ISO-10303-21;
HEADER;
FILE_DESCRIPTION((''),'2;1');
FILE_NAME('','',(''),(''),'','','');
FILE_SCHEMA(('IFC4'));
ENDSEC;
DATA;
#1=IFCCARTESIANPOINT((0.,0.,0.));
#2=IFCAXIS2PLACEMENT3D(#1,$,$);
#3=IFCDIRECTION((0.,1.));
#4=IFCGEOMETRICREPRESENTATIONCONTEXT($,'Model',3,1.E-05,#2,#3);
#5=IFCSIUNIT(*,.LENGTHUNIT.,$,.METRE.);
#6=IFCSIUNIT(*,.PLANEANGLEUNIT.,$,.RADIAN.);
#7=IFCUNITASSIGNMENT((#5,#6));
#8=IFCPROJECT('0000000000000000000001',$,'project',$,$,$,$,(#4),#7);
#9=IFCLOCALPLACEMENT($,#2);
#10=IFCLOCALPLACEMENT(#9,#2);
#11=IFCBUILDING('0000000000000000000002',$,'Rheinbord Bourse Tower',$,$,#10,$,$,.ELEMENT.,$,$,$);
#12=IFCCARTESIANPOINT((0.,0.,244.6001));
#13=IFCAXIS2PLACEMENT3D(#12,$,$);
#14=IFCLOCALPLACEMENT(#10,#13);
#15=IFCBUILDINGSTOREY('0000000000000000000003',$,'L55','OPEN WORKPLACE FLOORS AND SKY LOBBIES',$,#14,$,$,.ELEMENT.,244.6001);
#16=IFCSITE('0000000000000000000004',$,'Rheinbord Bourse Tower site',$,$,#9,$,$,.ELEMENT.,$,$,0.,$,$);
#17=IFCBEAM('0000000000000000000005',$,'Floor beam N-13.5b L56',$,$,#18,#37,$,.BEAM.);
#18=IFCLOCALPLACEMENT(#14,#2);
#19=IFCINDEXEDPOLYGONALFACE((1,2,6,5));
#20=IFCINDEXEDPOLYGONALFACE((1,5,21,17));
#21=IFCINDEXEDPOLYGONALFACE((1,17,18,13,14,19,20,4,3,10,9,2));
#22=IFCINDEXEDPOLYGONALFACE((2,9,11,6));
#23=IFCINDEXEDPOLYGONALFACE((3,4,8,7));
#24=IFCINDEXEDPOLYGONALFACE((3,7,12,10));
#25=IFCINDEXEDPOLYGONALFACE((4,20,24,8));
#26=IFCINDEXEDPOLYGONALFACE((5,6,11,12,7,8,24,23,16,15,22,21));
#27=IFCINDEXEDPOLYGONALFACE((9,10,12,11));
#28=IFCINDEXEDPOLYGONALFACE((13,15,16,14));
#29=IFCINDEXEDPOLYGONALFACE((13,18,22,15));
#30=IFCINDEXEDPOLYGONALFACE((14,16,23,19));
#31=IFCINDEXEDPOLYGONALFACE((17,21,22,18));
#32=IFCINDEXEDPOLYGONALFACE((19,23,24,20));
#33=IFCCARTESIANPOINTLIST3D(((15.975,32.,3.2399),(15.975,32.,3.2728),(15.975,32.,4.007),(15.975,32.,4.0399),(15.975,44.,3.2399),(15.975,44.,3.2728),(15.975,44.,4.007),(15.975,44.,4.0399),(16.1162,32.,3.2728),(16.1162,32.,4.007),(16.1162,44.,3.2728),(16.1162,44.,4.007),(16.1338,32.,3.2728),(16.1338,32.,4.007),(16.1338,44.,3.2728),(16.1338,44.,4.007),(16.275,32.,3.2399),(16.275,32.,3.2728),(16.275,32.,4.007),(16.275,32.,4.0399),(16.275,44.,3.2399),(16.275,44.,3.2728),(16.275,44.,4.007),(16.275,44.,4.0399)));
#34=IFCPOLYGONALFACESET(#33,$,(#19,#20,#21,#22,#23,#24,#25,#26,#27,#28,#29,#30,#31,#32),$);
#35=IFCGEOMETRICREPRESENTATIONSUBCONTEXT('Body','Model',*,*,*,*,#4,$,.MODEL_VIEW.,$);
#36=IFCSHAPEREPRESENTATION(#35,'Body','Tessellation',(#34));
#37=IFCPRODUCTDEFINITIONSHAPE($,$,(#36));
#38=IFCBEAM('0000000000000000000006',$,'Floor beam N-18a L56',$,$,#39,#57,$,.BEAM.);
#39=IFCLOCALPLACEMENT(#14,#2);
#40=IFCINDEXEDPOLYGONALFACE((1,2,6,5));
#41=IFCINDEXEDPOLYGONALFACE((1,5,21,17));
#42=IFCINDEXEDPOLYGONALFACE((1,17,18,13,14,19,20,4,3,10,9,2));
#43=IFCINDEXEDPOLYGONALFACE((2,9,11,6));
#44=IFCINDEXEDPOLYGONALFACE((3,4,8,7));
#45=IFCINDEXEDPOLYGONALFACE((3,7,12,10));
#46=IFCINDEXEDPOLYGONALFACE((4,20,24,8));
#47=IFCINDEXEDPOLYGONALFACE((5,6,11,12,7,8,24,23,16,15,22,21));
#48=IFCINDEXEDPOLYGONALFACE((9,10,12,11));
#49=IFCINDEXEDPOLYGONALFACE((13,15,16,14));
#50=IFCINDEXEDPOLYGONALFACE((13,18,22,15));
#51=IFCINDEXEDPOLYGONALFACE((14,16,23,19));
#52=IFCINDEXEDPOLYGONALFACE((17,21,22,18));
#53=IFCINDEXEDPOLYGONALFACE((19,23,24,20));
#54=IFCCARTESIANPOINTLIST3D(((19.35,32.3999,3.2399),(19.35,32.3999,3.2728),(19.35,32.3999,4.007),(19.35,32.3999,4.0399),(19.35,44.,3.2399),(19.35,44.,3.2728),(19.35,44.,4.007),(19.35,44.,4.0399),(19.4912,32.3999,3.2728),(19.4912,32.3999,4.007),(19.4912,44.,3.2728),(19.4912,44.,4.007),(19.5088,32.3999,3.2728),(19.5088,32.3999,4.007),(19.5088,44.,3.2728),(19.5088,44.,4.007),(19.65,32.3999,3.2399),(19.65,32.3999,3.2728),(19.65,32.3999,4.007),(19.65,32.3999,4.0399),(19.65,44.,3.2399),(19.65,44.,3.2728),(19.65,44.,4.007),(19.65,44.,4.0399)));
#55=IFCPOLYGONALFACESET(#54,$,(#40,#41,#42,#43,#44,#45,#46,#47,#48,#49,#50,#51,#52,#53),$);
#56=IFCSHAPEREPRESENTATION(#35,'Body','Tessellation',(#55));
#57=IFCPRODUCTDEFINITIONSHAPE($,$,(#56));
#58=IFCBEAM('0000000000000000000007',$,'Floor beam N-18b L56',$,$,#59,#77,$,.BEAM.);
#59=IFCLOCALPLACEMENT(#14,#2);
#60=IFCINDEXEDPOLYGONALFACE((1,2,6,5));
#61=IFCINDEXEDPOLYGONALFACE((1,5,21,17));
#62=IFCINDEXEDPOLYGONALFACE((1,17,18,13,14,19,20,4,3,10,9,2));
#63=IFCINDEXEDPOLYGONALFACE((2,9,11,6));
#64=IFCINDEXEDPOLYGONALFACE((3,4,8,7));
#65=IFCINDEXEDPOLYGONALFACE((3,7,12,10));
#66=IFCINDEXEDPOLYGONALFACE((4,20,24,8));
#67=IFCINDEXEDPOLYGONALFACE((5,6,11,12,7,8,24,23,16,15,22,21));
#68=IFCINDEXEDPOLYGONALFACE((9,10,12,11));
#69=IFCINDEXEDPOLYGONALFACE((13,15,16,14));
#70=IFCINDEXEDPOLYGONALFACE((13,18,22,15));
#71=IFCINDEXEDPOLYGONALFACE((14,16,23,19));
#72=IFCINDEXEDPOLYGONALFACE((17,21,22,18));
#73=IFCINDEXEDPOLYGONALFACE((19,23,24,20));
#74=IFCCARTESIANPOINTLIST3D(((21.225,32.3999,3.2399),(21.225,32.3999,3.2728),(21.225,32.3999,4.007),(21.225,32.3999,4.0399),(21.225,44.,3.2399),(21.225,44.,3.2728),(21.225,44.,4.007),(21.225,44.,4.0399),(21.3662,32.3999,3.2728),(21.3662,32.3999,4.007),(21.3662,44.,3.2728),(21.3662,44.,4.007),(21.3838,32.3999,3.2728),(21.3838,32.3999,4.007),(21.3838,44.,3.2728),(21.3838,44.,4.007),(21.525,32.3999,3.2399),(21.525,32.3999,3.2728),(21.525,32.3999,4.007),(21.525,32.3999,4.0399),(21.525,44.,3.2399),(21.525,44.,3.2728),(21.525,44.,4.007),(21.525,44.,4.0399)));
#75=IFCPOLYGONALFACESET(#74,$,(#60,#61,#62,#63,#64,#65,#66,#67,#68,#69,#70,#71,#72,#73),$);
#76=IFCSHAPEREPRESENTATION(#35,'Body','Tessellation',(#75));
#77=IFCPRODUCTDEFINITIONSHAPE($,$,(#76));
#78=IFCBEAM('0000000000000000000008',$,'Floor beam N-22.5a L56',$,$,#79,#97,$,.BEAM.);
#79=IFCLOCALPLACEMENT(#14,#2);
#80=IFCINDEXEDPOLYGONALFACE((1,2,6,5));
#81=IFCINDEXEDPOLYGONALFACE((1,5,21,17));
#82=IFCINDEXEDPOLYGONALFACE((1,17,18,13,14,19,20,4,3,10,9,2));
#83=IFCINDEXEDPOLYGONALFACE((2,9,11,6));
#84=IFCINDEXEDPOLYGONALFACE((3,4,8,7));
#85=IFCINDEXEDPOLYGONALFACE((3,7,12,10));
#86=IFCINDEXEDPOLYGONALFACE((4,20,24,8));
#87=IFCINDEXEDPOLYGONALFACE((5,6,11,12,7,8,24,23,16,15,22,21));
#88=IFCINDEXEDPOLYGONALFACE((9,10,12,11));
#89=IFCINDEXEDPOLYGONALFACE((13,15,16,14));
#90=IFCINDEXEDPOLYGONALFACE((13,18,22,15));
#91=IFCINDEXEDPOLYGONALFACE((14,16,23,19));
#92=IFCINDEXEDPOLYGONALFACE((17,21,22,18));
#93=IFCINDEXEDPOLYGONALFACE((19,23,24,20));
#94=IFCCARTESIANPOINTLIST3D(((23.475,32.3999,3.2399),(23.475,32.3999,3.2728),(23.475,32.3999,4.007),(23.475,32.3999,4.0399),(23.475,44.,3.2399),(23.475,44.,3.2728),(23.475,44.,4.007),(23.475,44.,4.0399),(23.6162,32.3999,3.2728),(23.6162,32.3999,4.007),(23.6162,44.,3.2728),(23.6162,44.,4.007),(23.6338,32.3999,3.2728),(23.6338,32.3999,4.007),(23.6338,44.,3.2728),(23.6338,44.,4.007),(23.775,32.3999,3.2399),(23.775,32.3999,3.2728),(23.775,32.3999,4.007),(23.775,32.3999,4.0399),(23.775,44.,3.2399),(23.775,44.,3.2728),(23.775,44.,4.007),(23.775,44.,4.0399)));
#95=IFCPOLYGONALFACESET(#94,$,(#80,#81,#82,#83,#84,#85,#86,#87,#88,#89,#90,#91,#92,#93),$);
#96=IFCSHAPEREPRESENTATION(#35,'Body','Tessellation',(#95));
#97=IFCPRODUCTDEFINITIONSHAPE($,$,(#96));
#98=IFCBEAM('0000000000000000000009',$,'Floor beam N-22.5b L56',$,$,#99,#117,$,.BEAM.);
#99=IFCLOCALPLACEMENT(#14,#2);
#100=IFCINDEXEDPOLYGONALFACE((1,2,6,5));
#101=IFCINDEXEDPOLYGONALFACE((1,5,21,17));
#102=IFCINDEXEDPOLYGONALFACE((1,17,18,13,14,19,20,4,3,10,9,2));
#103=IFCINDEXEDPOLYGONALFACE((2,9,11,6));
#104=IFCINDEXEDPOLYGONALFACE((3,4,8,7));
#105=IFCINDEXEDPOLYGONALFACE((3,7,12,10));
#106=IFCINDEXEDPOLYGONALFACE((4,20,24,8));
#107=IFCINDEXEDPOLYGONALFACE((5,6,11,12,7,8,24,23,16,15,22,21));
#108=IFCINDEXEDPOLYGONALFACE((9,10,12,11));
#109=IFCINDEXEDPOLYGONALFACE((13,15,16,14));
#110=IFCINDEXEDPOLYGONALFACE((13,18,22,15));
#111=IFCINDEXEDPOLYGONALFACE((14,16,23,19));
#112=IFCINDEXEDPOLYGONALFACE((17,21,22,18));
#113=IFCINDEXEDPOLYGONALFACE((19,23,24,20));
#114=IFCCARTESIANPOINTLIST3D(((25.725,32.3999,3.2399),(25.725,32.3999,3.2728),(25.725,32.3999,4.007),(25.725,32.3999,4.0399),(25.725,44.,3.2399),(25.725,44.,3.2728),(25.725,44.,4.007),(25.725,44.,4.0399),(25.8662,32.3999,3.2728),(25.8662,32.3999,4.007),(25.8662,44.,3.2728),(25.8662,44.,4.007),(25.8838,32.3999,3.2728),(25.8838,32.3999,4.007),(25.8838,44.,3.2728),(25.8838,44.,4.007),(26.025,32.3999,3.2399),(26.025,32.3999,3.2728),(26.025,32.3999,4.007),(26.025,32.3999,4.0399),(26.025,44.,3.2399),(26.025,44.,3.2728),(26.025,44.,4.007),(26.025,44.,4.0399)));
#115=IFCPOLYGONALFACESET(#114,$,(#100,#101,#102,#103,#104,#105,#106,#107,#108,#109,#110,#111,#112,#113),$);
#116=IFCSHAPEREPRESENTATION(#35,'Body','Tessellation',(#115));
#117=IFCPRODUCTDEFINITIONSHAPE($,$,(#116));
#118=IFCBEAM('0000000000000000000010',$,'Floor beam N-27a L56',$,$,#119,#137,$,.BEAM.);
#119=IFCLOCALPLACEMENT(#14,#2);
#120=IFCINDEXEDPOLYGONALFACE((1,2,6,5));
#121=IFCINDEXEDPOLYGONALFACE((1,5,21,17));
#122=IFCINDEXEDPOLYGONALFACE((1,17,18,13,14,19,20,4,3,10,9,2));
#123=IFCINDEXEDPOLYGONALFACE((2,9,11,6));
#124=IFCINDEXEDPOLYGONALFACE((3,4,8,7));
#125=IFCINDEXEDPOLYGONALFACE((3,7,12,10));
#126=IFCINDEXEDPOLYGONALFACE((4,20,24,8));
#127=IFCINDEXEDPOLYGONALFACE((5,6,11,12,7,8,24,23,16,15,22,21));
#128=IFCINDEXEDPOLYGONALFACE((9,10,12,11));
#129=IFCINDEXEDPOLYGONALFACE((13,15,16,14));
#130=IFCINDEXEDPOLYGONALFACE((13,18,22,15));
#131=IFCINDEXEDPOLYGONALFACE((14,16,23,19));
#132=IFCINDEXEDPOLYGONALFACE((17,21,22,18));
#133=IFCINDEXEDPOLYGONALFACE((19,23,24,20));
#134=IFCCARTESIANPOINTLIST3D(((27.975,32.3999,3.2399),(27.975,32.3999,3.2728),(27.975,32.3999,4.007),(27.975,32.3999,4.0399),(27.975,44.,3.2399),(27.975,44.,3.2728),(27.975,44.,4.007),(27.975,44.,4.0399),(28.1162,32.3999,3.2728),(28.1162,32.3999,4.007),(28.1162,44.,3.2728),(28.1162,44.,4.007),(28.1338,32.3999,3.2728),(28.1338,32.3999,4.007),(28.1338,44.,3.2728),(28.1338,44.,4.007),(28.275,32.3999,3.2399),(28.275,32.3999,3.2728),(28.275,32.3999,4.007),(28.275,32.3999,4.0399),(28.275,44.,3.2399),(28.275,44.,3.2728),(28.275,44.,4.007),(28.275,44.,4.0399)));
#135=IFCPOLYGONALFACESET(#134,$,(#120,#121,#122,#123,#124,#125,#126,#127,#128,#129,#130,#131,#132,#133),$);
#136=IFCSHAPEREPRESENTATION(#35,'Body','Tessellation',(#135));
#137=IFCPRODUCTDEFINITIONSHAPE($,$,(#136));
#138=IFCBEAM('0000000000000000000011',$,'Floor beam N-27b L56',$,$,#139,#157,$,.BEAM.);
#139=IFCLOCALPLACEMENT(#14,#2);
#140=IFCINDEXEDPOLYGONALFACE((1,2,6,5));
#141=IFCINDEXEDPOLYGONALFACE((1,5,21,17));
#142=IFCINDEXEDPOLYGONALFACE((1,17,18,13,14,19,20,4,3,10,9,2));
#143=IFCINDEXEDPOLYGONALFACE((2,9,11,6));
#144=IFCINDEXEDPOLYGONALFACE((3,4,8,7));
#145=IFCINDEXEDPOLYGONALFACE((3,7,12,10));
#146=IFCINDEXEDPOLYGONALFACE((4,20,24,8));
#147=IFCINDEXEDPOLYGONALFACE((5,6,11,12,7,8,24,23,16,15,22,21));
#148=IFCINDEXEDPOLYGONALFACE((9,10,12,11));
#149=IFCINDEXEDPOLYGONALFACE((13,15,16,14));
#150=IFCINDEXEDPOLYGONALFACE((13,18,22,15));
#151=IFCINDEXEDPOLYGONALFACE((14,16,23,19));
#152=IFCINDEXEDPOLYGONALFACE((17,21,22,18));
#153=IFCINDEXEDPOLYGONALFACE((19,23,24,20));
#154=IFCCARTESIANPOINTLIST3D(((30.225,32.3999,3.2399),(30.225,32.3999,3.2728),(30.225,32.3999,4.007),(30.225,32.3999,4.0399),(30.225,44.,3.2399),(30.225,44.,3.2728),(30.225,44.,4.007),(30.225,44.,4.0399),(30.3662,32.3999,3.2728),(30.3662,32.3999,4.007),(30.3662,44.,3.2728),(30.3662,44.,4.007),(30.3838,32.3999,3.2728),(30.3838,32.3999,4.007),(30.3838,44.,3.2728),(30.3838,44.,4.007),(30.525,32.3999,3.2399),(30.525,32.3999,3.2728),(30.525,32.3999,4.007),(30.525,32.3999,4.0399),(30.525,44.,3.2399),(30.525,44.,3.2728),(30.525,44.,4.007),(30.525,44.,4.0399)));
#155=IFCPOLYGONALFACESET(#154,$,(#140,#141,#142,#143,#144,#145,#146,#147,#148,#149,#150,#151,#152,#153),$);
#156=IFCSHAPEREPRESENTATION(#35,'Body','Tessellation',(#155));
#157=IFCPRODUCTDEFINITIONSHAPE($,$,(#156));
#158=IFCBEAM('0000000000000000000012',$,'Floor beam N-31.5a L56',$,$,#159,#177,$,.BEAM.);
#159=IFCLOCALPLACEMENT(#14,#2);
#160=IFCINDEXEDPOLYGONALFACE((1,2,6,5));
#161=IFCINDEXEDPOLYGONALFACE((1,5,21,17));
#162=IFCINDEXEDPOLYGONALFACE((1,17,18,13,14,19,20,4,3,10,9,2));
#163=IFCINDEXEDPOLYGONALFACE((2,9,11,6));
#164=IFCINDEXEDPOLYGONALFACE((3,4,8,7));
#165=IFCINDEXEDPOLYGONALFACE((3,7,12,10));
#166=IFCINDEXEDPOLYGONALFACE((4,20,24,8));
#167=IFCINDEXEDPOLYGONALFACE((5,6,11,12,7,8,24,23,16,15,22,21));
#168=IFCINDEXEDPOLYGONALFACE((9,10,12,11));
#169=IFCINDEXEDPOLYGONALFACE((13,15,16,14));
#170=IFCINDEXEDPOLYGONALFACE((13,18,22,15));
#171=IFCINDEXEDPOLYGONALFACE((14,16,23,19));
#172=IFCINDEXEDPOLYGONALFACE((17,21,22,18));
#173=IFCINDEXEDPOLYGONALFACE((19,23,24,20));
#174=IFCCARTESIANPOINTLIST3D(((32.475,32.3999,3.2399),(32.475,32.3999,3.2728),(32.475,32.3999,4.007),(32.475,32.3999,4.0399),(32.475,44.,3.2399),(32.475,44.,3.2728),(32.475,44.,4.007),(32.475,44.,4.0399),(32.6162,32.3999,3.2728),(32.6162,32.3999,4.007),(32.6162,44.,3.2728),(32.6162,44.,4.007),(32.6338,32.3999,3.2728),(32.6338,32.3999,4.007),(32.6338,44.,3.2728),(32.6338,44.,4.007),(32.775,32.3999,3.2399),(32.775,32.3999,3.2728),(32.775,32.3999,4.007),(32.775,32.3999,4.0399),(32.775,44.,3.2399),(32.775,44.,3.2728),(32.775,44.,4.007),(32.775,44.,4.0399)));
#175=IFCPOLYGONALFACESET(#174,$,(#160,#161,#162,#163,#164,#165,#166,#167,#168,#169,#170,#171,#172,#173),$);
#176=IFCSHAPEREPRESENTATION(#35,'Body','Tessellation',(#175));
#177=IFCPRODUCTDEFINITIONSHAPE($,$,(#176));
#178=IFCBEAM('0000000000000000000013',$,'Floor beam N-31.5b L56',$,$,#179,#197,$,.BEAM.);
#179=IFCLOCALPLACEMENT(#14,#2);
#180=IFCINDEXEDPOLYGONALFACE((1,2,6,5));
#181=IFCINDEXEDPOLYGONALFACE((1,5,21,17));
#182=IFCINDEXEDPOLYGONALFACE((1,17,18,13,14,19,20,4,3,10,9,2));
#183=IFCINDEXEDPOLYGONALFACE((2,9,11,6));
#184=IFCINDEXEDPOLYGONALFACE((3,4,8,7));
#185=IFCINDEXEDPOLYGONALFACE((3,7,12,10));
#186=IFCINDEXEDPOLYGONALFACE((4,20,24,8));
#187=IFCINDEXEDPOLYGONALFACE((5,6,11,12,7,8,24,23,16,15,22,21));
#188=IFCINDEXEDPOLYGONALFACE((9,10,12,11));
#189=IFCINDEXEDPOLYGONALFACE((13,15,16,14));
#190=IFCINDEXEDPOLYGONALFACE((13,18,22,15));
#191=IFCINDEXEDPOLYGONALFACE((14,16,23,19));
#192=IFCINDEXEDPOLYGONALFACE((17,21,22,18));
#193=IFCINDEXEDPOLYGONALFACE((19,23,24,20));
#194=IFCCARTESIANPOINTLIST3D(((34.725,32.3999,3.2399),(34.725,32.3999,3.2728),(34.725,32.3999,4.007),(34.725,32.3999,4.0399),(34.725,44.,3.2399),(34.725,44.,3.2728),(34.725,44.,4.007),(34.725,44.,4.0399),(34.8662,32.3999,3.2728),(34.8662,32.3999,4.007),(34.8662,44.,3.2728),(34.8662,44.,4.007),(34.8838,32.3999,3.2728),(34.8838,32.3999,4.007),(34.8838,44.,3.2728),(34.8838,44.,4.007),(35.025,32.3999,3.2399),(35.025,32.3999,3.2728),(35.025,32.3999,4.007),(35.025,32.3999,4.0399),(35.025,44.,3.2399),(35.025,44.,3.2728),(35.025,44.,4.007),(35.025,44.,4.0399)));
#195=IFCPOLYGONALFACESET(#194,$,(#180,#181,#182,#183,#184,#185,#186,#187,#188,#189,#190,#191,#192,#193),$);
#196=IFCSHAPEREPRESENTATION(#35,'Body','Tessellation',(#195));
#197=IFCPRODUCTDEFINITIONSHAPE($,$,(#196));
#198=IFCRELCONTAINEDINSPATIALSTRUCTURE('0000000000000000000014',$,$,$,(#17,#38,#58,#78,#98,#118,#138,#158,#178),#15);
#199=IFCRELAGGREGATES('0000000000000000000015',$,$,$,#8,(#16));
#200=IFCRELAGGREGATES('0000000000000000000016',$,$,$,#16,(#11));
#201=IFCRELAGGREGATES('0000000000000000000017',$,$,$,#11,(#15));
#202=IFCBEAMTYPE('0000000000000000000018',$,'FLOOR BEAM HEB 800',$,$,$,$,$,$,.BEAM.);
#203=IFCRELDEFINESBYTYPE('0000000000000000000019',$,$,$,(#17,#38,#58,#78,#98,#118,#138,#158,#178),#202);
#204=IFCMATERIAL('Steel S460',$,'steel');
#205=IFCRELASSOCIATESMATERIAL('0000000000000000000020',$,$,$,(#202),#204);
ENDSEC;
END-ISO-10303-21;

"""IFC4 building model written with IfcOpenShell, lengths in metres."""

from ifc_helpers import new_model, si_unit, direction, frame, origin, origin_2d, place, context, subcontext, project, spatial, i_section, extrude, material, material_profile, profile_set, type_object, element, save


model = new_model("IFC4")

# Units and contexts
model_context = context("Model", 3, precision=1e-05, world=origin(), true_north=direction((0.0, 1.0)))
body_context = subcontext(model_context, "Body", "Model", "MODEL_VIEW")
ifc_project = project(units=[si_unit("LENGTHUNIT", "METRE"), si_unit("PLANEANGLEUNIT", "RADIAN")], contexts=[model_context])

# Site, building, storey
site_placement = place(None, origin())
site = spatial("IfcSite", under=ifc_project, at=site_placement, Name="Rheinbord Bourse Tower site", CompositionType="ELEMENT", RefElevation=0.0)
building_placement = place(site_placement, origin())
building = spatial("IfcBuilding", under=site, at=building_placement, Name="Rheinbord Bourse Tower", CompositionType="ELEMENT")
storey_placement = place(building_placement, frame((0.0, 0.0, 244.6001)))
storey = spatial("IfcBuildingStorey", under=building, at=storey_placement, Name="L55", Description="OPEN WORKPLACE FLOORS AND SKY LOBBIES", CompositionType="ELEMENT", Elevation=244.6001)

# Beams
ifc_material_1 = material(Name="Steel S460", Category="steel")
ifc_material_profile_1 = material_profile(ifc_material_1, i_section(OverallWidth=0.3, OverallDepth=0.8, WebThickness=0.0176, FlangeThickness=0.033, at=origin_2d()), Name="HEB 800")
ifc_profile_set_1 = profile_set([ifc_material_profile_1], Name="Steel S460")
beam_type_1 = type_object("IfcBeamType", Name="FLOOR BEAM HEB 800", PredefinedType="BEAM", material=ifc_profile_set_1)
for number, where, z_axis, x_axis, name in (
    (1, (16.125, 44.0, 3.6399), (0.0, -1.0, 0.0), (1.0, 0.0, 0.0), "Floor beam N-13.5b L56"),
):
    element("IfcBeam", number, at=place(storey_placement, frame(where, z_axis=z_axis, x_axis=x_axis)), inside=storey, type_object=beam_type_1, Name=name, PredefinedType="BEAM", context=body_context, shape_type="SweptSolid", body=[
        extrude(i_section(OverallWidth=0.3, OverallDepth=0.8, WebThickness=0.0176, FlangeThickness=0.033, at=origin_2d()), origin(), (0.0, 0.0, 1.0), 12.0),
    ])
for number, where, z_axis, x_axis, name in (
    (2, (19.5, 44.0, 3.6399), (0.0, -1.0, 0.0), (1.0, 0.0, 0.0), "Floor beam N-18a L56"),
    (3, (21.375, 44.0, 3.6399), (0.0, -1.0, 0.0), (1.0, 0.0, 0.0), "Floor beam N-18b L56"),
    (4, (23.625, 44.0, 3.6399), (0.0, -1.0, 0.0), (1.0, 0.0, 0.0), "Floor beam N-22.5a L56"),
    (5, (25.875, 44.0, 3.6399), (0.0, -1.0, 0.0), (1.0, 0.0, 0.0), "Floor beam N-22.5b L56"),
    (6, (28.125, 44.0, 3.6399), (0.0, -1.0, 0.0), (1.0, 0.0, 0.0), "Floor beam N-27a L56"),
    (7, (30.375, 44.0, 3.6399), (0.0, -1.0, 0.0), (1.0, 0.0, 0.0), "Floor beam N-27b L56"),
    (8, (32.625, 44.0, 3.6399), (0.0, -1.0, 0.0), (1.0, 0.0, 0.0), "Floor beam N-31.5a L56"),
    (9, (34.875, 44.0, 3.6399), (0.0, -1.0, 0.0), (1.0, 0.0, 0.0), "Floor beam N-31.5b L56"),
):
    element("IfcBeam", number, at=place(storey_placement, frame(where, z_axis=z_axis, x_axis=x_axis)), inside=storey, type_object=beam_type_1, Name=name, PredefinedType="BEAM", context=body_context, shape_type="SweptSolid", body=[
        extrude(i_section(OverallWidth=0.3, OverallDepth=0.8, WebThickness=0.0176, FlangeThickness=0.033, at=origin_2d()), origin(), (0.0, 0.0, 1.0), 11.6001),
    ])

save(model, "model.ifc")
